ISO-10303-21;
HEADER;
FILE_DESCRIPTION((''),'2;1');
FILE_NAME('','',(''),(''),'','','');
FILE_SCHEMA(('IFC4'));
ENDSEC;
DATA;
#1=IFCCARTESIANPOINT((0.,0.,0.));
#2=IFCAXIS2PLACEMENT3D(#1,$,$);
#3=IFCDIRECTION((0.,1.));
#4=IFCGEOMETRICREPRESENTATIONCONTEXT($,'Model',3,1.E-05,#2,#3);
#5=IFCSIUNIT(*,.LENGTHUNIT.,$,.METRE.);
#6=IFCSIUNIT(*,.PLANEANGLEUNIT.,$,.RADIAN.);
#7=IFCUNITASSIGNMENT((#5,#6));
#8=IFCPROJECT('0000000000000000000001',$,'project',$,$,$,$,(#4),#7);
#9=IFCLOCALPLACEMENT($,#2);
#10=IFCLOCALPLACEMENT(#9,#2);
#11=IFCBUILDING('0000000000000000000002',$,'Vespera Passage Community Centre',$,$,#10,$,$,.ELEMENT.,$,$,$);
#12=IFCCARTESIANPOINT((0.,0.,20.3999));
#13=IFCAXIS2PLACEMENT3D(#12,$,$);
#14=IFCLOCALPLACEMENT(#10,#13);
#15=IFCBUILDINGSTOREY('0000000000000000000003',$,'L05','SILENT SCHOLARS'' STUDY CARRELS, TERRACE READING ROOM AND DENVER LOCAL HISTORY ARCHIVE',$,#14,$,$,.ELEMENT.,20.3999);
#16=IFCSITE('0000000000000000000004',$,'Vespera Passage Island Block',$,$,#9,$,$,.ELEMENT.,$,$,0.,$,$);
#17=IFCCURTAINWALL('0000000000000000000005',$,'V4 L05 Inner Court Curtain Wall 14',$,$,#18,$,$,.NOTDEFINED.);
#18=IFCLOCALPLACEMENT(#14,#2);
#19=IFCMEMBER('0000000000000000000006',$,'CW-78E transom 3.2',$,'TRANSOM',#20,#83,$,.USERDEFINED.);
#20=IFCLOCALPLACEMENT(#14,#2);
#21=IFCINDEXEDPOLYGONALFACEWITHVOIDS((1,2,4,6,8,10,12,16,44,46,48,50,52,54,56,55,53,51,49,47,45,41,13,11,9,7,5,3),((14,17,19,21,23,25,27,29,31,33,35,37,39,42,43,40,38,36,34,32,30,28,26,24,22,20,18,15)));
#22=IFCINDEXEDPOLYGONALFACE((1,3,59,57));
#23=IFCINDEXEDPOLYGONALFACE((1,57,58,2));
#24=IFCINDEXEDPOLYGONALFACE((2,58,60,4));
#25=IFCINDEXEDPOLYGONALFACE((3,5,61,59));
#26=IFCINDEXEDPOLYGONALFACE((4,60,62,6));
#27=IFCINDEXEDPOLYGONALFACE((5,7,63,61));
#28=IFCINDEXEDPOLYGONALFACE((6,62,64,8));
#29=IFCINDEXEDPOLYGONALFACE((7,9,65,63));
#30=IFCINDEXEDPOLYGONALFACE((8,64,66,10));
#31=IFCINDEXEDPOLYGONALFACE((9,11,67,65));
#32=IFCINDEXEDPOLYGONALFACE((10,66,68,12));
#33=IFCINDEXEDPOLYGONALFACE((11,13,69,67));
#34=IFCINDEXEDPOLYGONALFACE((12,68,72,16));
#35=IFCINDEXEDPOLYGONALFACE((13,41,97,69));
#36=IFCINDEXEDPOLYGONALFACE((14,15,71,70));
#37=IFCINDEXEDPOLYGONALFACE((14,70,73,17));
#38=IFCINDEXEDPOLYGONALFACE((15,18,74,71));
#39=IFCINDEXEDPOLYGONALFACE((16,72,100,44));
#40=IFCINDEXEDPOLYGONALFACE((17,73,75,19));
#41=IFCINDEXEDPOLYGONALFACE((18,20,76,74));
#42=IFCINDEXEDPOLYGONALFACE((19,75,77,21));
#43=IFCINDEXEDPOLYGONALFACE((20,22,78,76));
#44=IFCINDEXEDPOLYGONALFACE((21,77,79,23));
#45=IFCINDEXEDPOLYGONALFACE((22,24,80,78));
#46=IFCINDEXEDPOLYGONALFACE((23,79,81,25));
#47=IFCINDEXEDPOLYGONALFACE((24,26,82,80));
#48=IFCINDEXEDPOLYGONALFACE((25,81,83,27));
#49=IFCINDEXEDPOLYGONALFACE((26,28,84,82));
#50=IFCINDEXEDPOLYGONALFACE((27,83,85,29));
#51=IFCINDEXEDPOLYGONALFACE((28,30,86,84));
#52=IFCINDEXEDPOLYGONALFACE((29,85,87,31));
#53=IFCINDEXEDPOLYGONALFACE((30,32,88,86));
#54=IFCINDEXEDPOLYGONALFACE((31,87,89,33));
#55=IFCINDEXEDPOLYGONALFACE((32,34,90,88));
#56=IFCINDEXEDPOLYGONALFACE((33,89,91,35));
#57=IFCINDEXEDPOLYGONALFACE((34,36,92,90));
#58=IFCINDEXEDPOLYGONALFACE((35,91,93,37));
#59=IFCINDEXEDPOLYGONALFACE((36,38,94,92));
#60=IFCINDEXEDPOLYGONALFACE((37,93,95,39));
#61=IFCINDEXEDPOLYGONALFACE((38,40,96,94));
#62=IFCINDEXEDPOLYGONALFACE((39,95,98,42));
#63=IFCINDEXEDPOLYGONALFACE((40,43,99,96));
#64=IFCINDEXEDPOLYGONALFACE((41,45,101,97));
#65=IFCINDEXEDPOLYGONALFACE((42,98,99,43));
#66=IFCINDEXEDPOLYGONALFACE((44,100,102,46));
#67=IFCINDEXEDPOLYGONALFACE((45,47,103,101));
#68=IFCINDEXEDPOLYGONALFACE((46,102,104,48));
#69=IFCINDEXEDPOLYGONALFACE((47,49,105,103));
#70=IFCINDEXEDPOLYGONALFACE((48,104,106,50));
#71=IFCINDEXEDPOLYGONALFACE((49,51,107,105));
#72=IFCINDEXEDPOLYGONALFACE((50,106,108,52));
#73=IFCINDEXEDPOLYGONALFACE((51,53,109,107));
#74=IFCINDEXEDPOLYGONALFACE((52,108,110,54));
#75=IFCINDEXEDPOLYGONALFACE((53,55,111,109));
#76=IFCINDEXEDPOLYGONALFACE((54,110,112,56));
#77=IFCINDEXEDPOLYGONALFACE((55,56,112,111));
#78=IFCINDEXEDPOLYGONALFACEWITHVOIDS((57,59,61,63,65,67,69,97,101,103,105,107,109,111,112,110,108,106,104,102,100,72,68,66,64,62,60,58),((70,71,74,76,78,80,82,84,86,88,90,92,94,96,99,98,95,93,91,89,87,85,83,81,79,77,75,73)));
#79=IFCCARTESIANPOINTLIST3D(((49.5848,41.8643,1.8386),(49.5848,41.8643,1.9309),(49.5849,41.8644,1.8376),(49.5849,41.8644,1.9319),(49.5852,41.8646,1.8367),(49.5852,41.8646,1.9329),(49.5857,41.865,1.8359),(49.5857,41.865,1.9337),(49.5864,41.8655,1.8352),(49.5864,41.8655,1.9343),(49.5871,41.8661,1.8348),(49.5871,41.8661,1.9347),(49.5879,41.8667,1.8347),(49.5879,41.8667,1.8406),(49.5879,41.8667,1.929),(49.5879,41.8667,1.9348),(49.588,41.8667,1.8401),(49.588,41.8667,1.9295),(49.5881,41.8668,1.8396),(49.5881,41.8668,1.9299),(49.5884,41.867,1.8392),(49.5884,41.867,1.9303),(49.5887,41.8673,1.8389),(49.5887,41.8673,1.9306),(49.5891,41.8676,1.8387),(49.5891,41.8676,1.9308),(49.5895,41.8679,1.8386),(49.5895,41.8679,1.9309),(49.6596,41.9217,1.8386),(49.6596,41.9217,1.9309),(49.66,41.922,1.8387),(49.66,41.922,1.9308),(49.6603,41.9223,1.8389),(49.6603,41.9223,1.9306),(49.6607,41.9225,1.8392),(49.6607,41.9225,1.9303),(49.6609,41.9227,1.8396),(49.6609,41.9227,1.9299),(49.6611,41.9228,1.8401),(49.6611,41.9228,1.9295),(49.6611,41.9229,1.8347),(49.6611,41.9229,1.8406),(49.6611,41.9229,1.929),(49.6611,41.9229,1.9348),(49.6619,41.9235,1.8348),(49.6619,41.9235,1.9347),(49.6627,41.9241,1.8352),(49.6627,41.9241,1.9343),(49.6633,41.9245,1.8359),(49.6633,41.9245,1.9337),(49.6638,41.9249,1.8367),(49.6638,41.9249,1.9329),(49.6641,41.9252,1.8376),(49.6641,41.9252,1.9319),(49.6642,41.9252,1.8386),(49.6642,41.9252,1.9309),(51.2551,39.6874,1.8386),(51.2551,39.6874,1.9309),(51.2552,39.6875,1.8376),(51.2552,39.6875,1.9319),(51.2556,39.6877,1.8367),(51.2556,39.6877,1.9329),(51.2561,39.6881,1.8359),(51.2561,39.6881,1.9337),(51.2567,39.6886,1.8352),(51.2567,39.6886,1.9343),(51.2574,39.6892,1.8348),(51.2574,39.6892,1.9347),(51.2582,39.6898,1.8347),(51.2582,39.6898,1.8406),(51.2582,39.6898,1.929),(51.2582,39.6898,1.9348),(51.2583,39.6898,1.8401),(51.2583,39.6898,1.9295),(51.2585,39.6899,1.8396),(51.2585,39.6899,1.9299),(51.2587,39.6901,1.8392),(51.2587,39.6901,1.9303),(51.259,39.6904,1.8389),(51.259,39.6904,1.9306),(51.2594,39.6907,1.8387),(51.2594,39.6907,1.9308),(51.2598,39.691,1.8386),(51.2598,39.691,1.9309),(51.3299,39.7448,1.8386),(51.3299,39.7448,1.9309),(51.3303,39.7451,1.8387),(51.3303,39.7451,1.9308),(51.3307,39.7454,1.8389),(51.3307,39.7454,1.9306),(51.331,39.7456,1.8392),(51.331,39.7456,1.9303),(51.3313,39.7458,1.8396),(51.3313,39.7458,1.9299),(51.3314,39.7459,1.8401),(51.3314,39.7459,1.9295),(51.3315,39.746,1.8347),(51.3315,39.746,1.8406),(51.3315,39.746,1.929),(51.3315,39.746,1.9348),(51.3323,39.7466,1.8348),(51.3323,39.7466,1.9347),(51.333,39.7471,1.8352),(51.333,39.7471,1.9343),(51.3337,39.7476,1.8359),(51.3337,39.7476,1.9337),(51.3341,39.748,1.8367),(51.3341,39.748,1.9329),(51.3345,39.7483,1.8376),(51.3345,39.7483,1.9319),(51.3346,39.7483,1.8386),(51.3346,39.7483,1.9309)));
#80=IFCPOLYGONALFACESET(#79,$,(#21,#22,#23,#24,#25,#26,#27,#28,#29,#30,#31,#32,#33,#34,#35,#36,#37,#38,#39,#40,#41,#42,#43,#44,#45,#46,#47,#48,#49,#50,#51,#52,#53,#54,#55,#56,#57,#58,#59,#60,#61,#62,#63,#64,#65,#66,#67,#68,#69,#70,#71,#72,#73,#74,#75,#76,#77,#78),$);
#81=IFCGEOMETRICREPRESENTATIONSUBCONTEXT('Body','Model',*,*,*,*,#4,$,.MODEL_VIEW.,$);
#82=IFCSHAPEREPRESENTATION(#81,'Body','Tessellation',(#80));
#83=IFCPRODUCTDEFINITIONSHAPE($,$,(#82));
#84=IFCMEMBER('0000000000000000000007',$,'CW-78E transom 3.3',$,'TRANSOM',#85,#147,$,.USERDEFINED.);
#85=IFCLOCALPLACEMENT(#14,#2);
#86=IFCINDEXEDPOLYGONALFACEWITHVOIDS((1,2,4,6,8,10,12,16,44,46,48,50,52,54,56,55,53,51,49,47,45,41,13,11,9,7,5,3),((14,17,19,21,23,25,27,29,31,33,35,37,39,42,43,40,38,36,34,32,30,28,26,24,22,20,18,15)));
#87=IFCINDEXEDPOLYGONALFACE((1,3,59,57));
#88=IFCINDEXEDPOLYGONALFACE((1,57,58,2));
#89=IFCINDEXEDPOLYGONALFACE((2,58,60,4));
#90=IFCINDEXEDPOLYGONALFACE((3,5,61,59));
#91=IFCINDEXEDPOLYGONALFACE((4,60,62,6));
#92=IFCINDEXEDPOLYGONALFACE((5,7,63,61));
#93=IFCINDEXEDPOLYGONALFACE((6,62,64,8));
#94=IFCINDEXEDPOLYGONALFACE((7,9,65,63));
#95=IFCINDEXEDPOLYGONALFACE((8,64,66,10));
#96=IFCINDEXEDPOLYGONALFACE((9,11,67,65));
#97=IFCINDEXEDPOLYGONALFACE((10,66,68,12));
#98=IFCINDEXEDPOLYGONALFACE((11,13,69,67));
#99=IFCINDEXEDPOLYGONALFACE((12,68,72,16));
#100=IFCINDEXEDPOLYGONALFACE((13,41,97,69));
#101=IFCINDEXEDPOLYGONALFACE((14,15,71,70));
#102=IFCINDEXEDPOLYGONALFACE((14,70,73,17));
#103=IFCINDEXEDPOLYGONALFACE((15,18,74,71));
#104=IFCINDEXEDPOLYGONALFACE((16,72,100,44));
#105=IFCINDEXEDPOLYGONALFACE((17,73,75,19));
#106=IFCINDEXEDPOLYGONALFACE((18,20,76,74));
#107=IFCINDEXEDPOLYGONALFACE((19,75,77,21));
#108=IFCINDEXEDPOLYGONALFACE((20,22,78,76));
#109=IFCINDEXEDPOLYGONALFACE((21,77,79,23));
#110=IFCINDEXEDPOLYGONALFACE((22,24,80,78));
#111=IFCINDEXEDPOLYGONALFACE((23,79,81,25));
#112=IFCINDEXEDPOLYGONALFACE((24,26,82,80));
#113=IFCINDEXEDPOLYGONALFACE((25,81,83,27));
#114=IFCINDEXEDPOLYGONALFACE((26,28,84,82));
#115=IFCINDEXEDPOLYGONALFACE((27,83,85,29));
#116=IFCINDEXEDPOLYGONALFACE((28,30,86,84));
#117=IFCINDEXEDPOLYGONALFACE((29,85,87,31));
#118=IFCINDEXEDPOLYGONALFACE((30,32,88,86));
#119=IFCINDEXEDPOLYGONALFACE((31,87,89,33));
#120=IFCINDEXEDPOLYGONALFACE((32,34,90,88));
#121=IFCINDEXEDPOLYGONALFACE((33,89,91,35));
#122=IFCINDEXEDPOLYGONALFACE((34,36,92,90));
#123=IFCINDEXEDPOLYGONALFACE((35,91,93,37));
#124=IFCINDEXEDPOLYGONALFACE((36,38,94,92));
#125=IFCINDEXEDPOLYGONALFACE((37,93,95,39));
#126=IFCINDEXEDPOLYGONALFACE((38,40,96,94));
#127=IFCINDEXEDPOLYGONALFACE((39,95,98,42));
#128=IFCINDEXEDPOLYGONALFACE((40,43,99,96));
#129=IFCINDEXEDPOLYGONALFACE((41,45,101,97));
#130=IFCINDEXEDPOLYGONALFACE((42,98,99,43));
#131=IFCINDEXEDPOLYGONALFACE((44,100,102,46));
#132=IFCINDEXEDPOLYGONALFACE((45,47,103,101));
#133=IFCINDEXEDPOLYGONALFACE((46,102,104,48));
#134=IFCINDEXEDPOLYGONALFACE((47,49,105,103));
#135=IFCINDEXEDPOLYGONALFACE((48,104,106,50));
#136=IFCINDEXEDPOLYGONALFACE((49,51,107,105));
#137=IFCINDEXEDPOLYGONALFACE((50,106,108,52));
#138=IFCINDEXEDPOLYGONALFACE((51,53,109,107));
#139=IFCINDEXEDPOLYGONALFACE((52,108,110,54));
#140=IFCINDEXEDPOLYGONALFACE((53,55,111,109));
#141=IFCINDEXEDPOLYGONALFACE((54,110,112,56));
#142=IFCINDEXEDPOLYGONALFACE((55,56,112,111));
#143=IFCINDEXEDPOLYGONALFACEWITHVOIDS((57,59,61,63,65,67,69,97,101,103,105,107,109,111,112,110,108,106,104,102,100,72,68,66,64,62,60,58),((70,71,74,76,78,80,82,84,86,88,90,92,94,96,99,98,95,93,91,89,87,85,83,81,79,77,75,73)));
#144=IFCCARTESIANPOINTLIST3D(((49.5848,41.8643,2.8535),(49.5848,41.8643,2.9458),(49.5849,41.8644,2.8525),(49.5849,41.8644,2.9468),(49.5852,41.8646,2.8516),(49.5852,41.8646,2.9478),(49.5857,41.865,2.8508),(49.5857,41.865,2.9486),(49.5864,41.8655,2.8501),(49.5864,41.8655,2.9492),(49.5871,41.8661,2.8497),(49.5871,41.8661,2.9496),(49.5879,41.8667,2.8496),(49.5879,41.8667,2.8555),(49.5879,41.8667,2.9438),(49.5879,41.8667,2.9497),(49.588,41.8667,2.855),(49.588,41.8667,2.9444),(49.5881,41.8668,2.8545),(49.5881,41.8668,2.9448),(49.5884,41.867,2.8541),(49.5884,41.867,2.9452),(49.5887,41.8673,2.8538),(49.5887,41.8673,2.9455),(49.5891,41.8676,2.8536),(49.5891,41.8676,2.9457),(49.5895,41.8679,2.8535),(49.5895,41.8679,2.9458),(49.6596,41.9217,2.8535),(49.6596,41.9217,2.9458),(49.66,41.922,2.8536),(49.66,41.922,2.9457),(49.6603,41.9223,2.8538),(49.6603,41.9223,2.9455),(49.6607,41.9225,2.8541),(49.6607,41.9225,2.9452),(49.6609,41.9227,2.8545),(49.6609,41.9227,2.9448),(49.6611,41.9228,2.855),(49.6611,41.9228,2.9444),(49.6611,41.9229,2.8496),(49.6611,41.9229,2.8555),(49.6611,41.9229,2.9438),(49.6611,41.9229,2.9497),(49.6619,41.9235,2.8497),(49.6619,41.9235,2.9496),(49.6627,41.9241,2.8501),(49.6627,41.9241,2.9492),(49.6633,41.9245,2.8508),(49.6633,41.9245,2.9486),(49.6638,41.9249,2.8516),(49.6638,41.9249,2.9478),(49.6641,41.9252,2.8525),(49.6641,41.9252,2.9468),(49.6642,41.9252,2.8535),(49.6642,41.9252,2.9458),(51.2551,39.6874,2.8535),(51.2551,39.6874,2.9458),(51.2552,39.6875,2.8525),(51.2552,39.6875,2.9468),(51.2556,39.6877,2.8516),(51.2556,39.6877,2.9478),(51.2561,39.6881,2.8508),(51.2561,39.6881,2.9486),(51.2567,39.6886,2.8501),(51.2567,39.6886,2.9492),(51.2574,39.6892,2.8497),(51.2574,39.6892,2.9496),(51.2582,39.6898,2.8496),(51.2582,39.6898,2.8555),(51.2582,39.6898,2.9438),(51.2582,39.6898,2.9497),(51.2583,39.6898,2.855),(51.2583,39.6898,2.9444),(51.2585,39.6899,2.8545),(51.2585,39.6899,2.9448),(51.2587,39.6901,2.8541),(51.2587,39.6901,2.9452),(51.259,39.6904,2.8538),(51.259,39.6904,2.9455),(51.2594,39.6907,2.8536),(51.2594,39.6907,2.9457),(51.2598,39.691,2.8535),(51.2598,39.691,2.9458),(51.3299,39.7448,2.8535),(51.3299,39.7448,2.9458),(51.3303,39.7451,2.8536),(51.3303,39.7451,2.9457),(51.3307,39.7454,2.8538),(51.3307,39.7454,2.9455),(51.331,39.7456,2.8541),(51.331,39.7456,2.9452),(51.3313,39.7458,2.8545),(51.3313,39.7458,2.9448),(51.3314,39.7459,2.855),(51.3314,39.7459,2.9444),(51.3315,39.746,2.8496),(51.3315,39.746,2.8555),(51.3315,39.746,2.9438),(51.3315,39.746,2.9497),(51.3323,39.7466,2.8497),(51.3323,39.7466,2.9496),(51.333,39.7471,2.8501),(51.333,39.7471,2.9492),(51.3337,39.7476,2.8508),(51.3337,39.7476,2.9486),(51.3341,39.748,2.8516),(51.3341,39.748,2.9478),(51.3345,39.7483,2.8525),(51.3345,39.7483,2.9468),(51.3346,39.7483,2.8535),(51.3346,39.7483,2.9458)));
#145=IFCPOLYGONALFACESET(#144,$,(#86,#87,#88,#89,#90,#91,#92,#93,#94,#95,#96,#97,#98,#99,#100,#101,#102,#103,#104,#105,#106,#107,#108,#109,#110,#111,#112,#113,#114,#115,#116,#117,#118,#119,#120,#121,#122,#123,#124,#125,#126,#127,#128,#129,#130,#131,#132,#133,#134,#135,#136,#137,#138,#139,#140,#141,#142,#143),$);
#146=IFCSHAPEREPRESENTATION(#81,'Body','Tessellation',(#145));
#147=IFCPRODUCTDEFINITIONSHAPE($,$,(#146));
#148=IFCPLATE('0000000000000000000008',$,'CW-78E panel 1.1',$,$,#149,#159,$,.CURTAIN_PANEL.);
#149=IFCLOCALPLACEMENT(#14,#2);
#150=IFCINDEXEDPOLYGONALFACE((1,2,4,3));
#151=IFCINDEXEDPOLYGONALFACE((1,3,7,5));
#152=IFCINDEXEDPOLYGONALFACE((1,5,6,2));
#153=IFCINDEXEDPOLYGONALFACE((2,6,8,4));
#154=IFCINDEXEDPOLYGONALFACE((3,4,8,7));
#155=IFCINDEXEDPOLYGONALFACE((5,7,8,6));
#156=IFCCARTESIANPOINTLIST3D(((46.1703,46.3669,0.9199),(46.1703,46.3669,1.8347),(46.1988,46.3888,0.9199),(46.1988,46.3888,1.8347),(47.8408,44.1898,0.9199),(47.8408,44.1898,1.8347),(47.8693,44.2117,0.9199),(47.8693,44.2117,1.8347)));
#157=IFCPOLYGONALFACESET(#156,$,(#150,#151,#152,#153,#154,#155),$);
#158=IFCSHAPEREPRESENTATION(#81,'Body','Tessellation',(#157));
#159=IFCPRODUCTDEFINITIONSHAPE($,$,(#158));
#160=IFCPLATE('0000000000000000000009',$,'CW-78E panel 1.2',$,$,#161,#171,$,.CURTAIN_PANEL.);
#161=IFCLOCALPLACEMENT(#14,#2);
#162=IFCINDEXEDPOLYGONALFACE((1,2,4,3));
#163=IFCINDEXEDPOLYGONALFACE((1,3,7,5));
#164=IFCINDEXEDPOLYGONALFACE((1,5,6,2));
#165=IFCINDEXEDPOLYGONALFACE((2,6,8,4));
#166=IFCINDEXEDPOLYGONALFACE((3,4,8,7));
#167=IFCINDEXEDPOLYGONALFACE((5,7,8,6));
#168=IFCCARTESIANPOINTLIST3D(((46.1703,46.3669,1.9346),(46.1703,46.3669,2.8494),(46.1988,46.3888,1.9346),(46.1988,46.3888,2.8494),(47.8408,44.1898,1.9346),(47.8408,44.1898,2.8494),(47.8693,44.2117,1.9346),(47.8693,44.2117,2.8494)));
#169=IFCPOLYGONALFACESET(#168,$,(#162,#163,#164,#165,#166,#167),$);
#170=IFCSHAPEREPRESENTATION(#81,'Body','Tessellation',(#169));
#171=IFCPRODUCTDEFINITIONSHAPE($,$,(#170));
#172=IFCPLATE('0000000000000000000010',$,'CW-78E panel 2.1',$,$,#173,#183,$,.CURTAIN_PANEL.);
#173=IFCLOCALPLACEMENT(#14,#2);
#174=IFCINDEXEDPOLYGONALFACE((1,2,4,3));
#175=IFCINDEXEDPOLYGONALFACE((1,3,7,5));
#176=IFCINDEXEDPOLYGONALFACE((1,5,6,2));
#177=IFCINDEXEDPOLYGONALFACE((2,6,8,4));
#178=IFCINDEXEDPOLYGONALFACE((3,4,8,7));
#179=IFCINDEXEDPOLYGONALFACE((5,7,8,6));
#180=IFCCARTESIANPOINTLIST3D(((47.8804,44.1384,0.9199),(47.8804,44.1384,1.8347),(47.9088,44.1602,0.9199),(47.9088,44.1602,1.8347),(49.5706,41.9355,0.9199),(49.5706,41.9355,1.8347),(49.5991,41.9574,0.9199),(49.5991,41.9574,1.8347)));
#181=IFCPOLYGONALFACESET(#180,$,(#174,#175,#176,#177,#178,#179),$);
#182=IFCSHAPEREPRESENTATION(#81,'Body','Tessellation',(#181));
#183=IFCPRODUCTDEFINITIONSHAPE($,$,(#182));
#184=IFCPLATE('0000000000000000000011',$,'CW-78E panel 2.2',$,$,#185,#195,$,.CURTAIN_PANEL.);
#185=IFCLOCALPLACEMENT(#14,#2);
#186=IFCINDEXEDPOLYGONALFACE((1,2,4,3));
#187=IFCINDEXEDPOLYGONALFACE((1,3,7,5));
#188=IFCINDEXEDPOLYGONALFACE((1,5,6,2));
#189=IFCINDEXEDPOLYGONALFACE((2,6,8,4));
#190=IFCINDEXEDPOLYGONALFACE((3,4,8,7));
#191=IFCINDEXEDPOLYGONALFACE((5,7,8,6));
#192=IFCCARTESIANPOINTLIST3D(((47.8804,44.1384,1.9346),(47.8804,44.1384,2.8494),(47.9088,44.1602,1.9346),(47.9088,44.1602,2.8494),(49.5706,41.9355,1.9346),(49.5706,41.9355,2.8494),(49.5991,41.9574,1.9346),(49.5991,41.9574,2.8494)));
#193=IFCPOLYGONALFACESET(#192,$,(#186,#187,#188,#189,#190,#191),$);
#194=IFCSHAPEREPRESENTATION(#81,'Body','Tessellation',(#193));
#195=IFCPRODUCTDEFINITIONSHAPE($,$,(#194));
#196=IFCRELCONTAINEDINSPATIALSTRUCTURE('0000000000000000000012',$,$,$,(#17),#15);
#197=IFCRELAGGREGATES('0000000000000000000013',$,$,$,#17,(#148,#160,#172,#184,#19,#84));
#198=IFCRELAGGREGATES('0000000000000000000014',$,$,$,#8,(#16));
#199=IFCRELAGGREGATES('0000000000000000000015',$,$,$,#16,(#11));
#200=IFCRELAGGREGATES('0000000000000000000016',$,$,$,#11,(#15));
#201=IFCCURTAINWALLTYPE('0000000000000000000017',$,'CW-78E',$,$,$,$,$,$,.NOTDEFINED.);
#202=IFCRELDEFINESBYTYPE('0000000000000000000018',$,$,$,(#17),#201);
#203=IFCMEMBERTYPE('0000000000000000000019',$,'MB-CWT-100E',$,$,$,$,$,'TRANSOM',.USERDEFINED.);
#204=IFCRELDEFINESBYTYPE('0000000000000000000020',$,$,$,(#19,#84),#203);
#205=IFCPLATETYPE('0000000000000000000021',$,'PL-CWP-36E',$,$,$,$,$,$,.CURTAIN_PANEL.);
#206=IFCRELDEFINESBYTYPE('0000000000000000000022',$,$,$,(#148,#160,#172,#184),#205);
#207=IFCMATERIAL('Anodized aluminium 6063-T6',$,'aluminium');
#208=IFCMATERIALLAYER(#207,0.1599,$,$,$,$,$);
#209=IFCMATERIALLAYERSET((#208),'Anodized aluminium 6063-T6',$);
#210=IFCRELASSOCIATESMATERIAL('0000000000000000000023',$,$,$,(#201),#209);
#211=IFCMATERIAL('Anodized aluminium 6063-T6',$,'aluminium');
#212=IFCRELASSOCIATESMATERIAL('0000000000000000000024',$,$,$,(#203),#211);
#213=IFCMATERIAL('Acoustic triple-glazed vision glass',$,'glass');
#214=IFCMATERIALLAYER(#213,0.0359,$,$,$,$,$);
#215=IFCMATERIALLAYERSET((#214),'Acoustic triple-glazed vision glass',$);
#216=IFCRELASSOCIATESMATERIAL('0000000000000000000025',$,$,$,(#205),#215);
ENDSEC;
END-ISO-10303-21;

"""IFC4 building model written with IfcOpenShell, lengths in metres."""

from ifc_helpers import new_model, si_unit, direction, frame, origin, origin_2d, place, context, subcontext, project, spatial, rectangle, hollow_rectangle, extrude, material, layer, layer_set, material_profile, profile_set, type_object, element, aggregate, save


model = new_model("IFC4")

# Units and contexts
model_context = context("Model", 3, precision=1e-05, world=origin(), true_north=direction((0.0, 1.0)))
body_context = subcontext(model_context, "Body", "Model", "MODEL_VIEW")
ifc_project = project(units=[si_unit("LENGTHUNIT", "METRE"), si_unit("PLANEANGLEUNIT", "RADIAN")], contexts=[model_context])

# Site, building, storey
site_placement = place(None, origin())
site = spatial("IfcSite", under=ifc_project, at=site_placement, Name="Vespera Passage Island Block", CompositionType="ELEMENT", RefElevation=0.0)
building_placement = place(site_placement, origin())
building = spatial("IfcBuilding", under=site, at=building_placement, Name="Vespera Passage Community Centre", CompositionType="ELEMENT")
storey_placement = place(building_placement, frame((0.0, 0.0, 20.3999)))
storey = spatial("IfcBuildingStorey", under=building, at=storey_placement, Name="L05", Description="SILENT SCHOLARS' STUDY CARRELS, TERRACE READING ROOM AND DENVER LOCAL HISTORY ARCHIVE", CompositionType="ELEMENT", Elevation=20.3999)

# Curtain wall
ifc_material_1 = material(Name="Anodized aluminium 6063-T6", Category="aluminium")
ifc_layer_1 = layer(ifc_material_1, 0.1599)
ifc_layer_set_1 = layer_set([ifc_layer_1], Name="Anodized aluminium 6063-T6")
curtain_wall_type_1 = type_object("IfcCurtainWallType", Name="CW-78E", PredefinedType="NOTDEFINED", material=ifc_layer_set_1)
curtain_wall_1_placement = place(storey_placement, origin())
curtain_wall_1 = element("IfcCurtainWall", 1, at=curtain_wall_1_placement, inside=storey, type_object=curtain_wall_type_1, Name="V4 L05 Inner Court Curtain Wall 14", PredefinedType="NOTDEFINED")

# Members
ifc_material_2 = material(Name="Anodized aluminium 6063-T6", Category="aluminium")
ifc_material_profile_1 = material_profile(ifc_material_2, hollow_rectangle(XDim=0.1001, YDim=0.1001, WallThickness=0.0039, InnerFilletRadius=0.002, OuterFilletRadius=0.0039, at=origin_2d()), Name="ALU100X100X4")
ifc_profile_set_1 = profile_set([ifc_material_profile_1], Name="Anodized aluminium 6063-T6")
member_type_1 = type_object("IfcMemberType", Name="MB-CWT-100E", ElementType="TRANSOM", PredefinedType="USERDEFINED", material=ifc_profile_set_1)
member_1_placement = place(storey_placement, frame((49.6245, 41.8948, 1.8848), z_axis=(0.608747, -0.793364, 0.0), x_axis=(0.793364, 0.608747, 0.0)))
member_1 = element("IfcMember", 2, at=member_1_placement, type_object=member_type_1, Name="CW-78E transom 3.2", ObjectType="TRANSOM", PredefinedType="USERDEFINED", context=body_context, shape_type="SweptSolid", body=[
    extrude(hollow_rectangle(XDim=0.1001, YDim=0.1001, WallThickness=0.0039, InnerFilletRadius=0.002, OuterFilletRadius=0.0039, at=origin_2d()), origin(), (0.0, 0.0, 1.0), 2.7439),
])
member_2_placement = place(storey_placement, frame((49.6245, 41.8948, 2.8997), z_axis=(0.608747, -0.793364, 0.0), x_axis=(0.793364, 0.608747, 0.0)))
member_2 = element("IfcMember", 3, at=member_2_placement, type_object=member_type_1, Name="CW-78E transom 3.3", ObjectType="TRANSOM", PredefinedType="USERDEFINED", context=body_context, shape_type="SweptSolid", body=[
    extrude(hollow_rectangle(XDim=0.1001, YDim=0.1001, WallThickness=0.0039, InnerFilletRadius=0.002, OuterFilletRadius=0.0039, at=origin_2d()), origin(), (0.0, 0.0, 1.0), 2.7439),
])

# Plates
ifc_material_3 = material(Name="Acoustic triple-glazed vision glass", Category="glass")
ifc_layer_2 = layer(ifc_material_3, 0.0359)
ifc_layer_set_2 = layer_set([ifc_layer_2], Name="Acoustic triple-glazed vision glass")
plate_type = type_object("IfcPlateType", Name="PL-CWP-36E", PredefinedType="CURTAIN_PANEL", material=ifc_layer_set_2)
plate_1_placement = place(storey_placement, frame((47.0198, 45.2893, 0.9199), z_axis=(0.0, 0.0, 1.0), x_axis=(0.608755, -0.793358, 0.0)))
plate_1 = element("IfcPlate", 4, at=plate_1_placement, type_object=plate_type, Name="CW-78E panel 1.1", PredefinedType="CURTAIN_PANEL", context=body_context, shape_type="SweptSolid", body=[
    extrude(rectangle(XDim=2.7441, YDim=0.0359, at=origin_2d()), origin(), (0.0, 0.0, 1.0), 0.9148),
])
plate_2_placement = place(storey_placement, frame((47.0198, 45.2893, 1.9346), z_axis=(0.0, 0.0, 1.0), x_axis=(0.608755, -0.793358, 0.0)))
plate_2 = element("IfcPlate", 5, at=plate_2_placement, type_object=plate_type, Name="CW-78E panel 1.2", PredefinedType="CURTAIN_PANEL", context=body_context, shape_type="SweptSolid", body=[
    extrude(rectangle(XDim=2.7441, YDim=0.0359, at=origin_2d()), origin(), (0.0, 0.0, 1.0), 0.9148),
])
plate_3_placement = place(storey_placement, frame((48.7397, 43.0479, 0.9199), z_axis=(0.0, 0.0, 1.0), x_axis=(0.608755, -0.793358, 0.0)))
plate_3 = element("IfcPlate", 6, at=plate_3_placement, type_object=plate_type, Name="CW-78E panel 2.1", PredefinedType="CURTAIN_PANEL", context=body_context, shape_type="SweptSolid", body=[
    extrude(rectangle(XDim=2.7766, YDim=0.0359, at=origin_2d()), origin(), (0.0, 0.0, 1.0), 0.9148),
])
plate_4_placement = place(storey_placement, frame((48.7397, 43.0479, 1.9346), z_axis=(0.0, 0.0, 1.0), x_axis=(0.608755, -0.793358, 0.0)))
plate_4 = element("IfcPlate", 7, at=plate_4_placement, type_object=plate_type, Name="CW-78E panel 2.2", PredefinedType="CURTAIN_PANEL", context=body_context, shape_type="SweptSolid", body=[
    extrude(rectangle(XDim=2.7766, YDim=0.0359, at=origin_2d()), origin(), (0.0, 0.0, 1.0), 0.9148),
])
aggregate(curtain_wall_1, [plate_1, plate_2, plate_3, plate_4, member_1, member_2])

save(model, "model.ifc")
